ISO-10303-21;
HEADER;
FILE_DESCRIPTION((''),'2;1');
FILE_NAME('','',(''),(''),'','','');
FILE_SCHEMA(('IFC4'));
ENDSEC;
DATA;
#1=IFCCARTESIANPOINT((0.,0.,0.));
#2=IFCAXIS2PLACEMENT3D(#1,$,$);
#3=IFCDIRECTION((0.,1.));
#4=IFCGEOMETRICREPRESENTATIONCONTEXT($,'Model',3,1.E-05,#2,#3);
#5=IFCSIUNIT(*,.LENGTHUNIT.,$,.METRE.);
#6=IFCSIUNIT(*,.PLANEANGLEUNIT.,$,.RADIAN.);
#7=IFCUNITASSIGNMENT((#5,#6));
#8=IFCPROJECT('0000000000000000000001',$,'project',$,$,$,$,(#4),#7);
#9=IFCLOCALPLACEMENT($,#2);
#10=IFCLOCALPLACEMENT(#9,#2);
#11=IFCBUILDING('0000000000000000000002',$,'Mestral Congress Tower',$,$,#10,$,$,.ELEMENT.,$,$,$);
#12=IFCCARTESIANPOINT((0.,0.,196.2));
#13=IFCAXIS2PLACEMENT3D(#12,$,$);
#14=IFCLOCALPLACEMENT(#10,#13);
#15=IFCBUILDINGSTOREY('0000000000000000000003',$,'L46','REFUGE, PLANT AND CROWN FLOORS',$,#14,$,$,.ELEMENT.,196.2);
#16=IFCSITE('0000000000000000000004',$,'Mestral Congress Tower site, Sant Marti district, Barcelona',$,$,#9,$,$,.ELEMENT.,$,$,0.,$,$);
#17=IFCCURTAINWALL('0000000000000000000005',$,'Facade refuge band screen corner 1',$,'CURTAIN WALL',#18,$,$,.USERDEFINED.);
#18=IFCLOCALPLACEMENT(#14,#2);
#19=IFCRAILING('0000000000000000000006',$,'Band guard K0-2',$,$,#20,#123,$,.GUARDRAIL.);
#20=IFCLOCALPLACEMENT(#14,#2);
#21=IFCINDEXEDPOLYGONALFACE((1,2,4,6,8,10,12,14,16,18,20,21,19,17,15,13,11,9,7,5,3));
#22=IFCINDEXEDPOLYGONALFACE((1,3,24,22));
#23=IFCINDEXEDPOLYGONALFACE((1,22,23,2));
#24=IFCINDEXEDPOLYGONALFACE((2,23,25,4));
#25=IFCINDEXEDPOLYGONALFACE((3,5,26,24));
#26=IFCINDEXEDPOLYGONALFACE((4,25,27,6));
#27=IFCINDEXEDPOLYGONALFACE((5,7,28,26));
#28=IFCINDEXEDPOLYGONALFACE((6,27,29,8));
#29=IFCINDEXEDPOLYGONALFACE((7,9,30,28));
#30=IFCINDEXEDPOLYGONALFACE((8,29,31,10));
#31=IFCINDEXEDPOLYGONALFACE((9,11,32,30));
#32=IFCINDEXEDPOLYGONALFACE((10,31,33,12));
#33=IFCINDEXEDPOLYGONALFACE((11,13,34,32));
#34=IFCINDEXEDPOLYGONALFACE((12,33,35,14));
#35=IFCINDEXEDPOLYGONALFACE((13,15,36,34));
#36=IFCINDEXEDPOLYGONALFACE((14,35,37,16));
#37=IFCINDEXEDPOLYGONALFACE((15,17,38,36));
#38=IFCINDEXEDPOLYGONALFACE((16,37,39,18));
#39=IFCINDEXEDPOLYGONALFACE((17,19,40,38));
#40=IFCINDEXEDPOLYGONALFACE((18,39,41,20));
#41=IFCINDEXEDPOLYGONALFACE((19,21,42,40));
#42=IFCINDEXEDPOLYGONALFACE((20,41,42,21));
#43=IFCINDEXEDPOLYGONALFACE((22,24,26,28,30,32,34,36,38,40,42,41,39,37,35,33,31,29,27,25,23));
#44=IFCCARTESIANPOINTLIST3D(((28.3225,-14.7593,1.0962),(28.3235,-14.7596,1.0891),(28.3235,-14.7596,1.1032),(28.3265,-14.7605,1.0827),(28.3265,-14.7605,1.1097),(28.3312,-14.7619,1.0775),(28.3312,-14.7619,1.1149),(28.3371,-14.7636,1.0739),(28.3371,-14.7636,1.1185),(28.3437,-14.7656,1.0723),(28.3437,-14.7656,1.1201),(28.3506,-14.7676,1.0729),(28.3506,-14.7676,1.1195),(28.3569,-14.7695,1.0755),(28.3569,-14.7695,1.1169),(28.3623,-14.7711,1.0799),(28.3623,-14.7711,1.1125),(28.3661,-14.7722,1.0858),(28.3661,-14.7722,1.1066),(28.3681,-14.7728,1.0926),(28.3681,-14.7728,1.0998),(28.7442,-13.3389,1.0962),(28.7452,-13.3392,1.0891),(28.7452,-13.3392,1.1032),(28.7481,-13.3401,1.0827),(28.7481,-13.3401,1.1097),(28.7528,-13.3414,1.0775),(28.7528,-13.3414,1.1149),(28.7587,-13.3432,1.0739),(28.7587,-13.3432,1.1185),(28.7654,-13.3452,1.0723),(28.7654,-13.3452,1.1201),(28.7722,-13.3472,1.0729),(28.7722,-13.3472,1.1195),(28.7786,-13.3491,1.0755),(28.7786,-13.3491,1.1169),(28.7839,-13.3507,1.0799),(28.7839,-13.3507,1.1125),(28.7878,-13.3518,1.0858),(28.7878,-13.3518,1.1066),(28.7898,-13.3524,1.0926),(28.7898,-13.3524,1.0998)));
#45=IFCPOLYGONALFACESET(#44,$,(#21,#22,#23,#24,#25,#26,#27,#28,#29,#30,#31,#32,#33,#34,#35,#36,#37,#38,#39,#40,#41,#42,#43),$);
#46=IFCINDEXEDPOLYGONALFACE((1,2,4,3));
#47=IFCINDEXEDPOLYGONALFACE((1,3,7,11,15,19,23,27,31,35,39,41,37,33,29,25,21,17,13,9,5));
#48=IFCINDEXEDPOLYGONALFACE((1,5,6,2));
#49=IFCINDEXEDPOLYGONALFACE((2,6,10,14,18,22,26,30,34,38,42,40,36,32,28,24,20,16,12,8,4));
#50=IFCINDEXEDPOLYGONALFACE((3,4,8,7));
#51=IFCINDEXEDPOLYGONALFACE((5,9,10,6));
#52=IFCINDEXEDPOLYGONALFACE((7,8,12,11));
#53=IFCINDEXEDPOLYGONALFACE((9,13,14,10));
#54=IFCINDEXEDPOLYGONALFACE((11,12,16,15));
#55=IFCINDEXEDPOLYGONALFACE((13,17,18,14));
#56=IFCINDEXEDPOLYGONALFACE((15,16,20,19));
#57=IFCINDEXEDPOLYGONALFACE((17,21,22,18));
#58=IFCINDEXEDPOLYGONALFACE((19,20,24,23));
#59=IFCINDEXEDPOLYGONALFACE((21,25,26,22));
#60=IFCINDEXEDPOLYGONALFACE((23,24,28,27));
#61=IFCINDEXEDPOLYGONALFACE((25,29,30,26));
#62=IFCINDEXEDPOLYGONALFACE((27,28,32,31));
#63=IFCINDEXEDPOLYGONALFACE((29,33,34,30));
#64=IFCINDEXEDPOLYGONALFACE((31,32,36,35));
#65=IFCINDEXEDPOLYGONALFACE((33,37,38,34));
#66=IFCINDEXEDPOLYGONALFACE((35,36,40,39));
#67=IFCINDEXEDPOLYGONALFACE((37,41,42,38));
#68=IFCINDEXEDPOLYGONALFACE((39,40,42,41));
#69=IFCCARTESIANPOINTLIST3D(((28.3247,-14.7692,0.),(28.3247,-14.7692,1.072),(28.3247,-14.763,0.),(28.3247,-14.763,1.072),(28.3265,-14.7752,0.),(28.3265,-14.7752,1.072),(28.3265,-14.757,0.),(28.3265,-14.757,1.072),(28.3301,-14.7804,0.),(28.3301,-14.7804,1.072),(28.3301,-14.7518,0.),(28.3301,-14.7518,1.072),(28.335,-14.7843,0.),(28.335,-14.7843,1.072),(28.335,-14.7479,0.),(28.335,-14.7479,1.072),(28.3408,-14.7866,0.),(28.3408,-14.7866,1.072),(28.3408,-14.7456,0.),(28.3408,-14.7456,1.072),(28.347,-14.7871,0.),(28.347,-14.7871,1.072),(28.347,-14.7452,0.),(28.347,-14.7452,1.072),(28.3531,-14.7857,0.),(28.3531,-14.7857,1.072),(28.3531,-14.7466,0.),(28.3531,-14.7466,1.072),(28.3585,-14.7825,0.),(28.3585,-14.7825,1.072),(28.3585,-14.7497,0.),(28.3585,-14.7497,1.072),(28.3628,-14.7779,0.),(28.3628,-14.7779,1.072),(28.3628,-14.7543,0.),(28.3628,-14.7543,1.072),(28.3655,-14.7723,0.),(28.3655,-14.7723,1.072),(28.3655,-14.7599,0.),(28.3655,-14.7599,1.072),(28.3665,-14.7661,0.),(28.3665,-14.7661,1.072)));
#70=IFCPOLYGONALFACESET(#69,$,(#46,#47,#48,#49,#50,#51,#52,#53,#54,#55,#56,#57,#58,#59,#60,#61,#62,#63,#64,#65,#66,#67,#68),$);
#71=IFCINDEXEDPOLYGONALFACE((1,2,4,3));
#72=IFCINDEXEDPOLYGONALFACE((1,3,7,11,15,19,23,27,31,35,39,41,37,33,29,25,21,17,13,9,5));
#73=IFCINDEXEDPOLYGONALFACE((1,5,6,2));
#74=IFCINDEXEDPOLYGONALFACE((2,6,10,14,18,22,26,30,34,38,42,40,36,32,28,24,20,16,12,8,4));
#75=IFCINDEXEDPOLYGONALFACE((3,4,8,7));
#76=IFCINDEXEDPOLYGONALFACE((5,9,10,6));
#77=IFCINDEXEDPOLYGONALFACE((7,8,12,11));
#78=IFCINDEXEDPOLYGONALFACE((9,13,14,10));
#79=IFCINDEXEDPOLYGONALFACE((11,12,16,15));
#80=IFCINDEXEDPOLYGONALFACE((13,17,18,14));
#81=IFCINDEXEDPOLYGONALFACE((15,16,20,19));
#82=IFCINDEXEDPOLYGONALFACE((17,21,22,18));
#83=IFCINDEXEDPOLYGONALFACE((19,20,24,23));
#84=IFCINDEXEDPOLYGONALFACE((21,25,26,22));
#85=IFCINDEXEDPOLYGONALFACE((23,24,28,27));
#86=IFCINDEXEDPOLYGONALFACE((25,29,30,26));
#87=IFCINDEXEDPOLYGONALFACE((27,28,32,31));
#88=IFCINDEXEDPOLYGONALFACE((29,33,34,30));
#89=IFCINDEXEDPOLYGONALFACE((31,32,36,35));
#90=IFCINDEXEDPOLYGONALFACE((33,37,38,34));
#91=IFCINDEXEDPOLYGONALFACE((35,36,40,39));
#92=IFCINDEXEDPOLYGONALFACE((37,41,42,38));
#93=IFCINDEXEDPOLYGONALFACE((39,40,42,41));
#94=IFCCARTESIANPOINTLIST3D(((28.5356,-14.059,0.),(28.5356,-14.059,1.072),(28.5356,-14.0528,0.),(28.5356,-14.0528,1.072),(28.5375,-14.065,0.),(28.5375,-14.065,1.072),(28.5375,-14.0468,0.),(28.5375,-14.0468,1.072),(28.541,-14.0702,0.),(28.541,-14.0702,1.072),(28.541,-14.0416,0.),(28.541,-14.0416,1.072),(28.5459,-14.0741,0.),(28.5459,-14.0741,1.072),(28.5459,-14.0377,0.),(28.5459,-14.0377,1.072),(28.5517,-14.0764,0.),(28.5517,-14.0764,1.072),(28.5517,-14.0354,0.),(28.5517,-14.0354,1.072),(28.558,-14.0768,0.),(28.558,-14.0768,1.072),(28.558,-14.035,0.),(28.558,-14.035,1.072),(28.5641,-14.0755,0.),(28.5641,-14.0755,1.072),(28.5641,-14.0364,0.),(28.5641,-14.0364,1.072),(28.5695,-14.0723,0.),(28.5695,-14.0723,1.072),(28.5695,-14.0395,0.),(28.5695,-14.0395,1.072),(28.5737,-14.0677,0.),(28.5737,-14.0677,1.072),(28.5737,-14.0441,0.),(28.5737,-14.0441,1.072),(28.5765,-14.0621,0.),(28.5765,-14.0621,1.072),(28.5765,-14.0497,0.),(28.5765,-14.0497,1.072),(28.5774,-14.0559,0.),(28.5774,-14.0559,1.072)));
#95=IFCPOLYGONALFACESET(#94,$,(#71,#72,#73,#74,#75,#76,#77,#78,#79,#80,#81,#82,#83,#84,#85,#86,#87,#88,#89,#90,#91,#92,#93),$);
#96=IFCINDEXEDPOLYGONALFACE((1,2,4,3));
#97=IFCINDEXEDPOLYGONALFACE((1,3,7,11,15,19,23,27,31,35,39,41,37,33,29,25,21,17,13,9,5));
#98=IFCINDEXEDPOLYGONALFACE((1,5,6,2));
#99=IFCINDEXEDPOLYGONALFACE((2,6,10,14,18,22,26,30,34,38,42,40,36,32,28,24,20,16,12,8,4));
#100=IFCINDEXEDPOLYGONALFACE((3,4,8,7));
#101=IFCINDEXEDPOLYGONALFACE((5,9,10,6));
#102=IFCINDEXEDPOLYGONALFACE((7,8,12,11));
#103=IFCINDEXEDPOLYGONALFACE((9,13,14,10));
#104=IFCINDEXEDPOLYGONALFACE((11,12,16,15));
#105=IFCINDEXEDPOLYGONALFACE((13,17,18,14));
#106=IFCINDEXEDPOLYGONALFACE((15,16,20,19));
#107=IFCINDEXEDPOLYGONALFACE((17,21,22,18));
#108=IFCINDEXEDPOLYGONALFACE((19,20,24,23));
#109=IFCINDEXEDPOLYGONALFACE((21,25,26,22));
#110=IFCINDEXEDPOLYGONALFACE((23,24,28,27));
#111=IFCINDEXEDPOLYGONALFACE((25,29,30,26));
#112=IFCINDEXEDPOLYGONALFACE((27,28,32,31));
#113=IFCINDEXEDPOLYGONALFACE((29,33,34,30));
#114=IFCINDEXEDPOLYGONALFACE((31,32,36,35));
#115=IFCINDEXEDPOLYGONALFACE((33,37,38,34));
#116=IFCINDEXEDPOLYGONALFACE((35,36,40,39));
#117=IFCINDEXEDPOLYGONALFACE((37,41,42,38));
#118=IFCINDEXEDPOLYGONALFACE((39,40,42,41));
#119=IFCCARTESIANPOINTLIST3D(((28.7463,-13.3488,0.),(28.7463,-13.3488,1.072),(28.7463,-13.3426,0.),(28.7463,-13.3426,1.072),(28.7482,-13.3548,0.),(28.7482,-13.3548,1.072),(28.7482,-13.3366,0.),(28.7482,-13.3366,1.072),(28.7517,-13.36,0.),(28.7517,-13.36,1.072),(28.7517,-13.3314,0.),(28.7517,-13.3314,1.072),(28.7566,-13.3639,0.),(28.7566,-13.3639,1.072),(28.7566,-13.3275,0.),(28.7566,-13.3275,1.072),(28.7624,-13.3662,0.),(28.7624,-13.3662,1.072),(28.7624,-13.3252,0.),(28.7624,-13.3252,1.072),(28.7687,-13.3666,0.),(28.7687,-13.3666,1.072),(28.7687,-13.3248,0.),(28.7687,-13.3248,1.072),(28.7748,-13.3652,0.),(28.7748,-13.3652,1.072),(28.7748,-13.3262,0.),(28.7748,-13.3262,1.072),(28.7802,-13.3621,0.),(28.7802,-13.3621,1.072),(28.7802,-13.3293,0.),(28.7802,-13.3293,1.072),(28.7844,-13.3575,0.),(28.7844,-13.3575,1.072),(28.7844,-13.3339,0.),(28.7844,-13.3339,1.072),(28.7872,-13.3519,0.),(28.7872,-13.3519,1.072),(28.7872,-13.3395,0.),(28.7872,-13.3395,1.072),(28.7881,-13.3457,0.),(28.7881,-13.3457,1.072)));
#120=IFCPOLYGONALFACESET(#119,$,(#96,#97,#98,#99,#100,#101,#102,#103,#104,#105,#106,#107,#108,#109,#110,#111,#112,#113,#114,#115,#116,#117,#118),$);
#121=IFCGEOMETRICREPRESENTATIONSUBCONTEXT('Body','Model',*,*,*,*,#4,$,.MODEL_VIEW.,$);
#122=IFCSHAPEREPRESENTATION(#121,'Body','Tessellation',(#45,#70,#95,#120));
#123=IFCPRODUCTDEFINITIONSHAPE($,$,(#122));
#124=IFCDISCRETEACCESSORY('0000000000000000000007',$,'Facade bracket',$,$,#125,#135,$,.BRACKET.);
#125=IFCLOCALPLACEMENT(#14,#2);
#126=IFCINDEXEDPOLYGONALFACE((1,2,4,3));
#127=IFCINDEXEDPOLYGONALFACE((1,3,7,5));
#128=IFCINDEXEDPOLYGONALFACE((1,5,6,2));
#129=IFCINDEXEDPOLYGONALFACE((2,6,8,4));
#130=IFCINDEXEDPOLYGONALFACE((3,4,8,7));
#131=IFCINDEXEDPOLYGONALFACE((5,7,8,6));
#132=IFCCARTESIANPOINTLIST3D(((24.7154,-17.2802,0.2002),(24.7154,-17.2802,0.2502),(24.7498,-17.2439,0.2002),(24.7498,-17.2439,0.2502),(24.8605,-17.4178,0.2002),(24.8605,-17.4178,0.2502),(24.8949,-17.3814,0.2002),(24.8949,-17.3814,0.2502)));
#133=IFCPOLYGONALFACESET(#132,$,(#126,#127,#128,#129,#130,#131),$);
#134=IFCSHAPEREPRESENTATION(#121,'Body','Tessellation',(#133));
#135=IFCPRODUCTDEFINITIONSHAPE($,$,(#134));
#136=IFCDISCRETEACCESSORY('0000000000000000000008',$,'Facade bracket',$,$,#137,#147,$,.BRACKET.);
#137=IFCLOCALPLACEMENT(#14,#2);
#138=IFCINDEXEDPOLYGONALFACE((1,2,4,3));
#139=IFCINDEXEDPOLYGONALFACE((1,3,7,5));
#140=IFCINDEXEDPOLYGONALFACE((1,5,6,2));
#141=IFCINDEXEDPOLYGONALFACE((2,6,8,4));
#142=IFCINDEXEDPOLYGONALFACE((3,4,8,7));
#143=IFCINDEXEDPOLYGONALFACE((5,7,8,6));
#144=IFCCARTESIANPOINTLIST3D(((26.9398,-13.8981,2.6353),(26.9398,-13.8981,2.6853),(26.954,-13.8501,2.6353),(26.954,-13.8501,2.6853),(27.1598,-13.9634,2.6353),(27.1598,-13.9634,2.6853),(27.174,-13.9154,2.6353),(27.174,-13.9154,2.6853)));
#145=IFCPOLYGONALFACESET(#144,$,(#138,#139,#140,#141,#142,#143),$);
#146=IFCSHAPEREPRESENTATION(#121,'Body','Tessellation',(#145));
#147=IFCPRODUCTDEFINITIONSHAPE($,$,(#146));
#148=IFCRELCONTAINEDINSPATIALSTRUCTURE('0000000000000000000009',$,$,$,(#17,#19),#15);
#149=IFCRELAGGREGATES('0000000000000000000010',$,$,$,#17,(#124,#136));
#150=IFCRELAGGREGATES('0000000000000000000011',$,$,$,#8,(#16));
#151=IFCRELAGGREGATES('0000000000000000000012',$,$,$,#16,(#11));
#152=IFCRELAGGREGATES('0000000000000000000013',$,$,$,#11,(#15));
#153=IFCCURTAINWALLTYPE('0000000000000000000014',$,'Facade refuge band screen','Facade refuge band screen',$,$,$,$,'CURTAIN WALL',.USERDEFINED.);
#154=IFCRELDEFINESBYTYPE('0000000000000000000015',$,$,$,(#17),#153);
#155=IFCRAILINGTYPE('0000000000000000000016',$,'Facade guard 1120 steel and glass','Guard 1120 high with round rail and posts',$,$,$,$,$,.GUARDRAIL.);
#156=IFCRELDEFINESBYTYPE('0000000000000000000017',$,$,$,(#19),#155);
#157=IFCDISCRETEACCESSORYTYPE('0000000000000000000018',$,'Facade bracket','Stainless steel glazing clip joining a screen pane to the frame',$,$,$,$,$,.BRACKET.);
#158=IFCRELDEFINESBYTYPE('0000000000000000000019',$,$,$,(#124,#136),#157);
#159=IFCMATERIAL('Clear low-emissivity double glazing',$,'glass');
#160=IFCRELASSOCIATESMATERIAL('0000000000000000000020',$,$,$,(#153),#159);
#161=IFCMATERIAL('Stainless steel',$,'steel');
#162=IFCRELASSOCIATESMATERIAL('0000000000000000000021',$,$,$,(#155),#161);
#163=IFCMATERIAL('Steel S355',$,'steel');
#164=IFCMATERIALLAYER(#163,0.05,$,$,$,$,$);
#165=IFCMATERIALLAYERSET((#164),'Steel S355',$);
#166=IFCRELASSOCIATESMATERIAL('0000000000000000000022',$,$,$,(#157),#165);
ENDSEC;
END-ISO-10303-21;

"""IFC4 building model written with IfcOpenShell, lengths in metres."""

from ifc_helpers import new_model, si_unit, direction, frame, origin, origin_2d, place, context, subcontext, project, spatial, rectangle, circle, extrude, material, layer, layer_set, type_object, element, aggregate, save


model = new_model("IFC4")

# Units and contexts
model_context = context("Model", 3, precision=1e-05, world=origin(), true_north=direction((0.0, 1.0)))
body_context = subcontext(model_context, "Body", "Model", "MODEL_VIEW")
ifc_project = project(units=[si_unit("LENGTHUNIT", "METRE"), si_unit("PLANEANGLEUNIT", "RADIAN")], contexts=[model_context])

# Site, building, storey
site_placement = place(None, origin())
site = spatial("IfcSite", under=ifc_project, at=site_placement, Name="Mestral Congress Tower site, Sant Marti district, Barcelona", CompositionType="ELEMENT", RefElevation=0.0)
building_placement = place(site_placement, origin())
building = spatial("IfcBuilding", under=site, at=building_placement, Name="Mestral Congress Tower", CompositionType="ELEMENT")
storey_placement = place(building_placement, frame((0.0, 0.0, 196.2)))
storey = spatial("IfcBuildingStorey", under=building, at=storey_placement, Name="L46", Description="REFUGE, PLANT AND CROWN FLOORS", CompositionType="ELEMENT", Elevation=196.2)

# Shared definitions
ifc_material_1 = material(Name="Steel S355", Category="steel")

# Curtain wall
ifc_material_2 = material(Name="Clear low-emissivity double glazing", Category="glass")
curtain_wall_type = type_object("IfcCurtainWallType", Name="Facade refuge band screen", Description="Facade refuge band screen", ElementType="CURTAIN WALL", PredefinedType="USERDEFINED", material=ifc_material_2)
curtain_wall_placement = place(storey_placement, origin())
curtain_wall = element("IfcCurtainWall", 1, at=curtain_wall_placement, inside=storey, type_object=curtain_wall_type, Name="Facade refuge band screen corner 1", ObjectType="CURTAIN WALL", PredefinedType="USERDEFINED")

# Railing
ifc_material_3 = material(Name="Stainless steel", Category="steel")
railing_type = type_object("IfcRailingType", Name="Facade guard 1120 steel and glass", Description="Guard 1120 high with round rail and posts", PredefinedType="GUARDRAIL", material=ifc_material_3)
railing_1_placement = place(storey_placement, frame((28.3455, -14.7661, 0.0)))
element("IfcRailing", 2, at=railing_1_placement, inside=storey, type_object=railing_type, Name="Band guard K0-2", PredefinedType="GUARDRAIL", context=body_context, shape_type="SweptSolid", body=[
    extrude(circle(Radius=0.0239, at=origin_2d()), frame((0.0, 0.0, 1.0962), z_axis=(0.284565, 0.958657, 0.0), x_axis=(-0.958657, 0.284565, 0.0)), (0.0, 0.0, 1.0), 1.4817),
    extrude(circle(Radius=0.021, at=origin_2d()), origin(), (0.0, 0.0, 1.0), 1.072),
    extrude(circle(Radius=0.021, at=origin_2d()), frame((0.2109, 0.7102, 0.0)), (0.0, 0.0, 1.0), 1.072),
    extrude(circle(Radius=0.021, at=origin_2d()), frame((0.4216, 1.4204, 0.0)), (0.0, 0.0, 1.0), 1.072),
])

# Discrete accessories
ifc_layer_1 = layer(ifc_material_1, 0.05)
ifc_layer_set_1 = layer_set([ifc_layer_1], Name="Steel S355")
discrete_accessory_type = type_object("IfcDiscreteAccessoryType", Name="Facade bracket", Description="Stainless steel glazing clip joining a screen pane to the frame", PredefinedType="BRACKET", material=ifc_layer_set_1)
discrete_accessory_1_placement = place(storey_placement, frame((24.8052, -17.3308, 0.2002), z_axis=(0.0, 0.0, 1.0), x_axis=(0.687963, 0.725745, 0.0)))
discrete_accessory_1 = element("IfcDiscreteAccessory", 3, at=discrete_accessory_1_placement, type_object=discrete_accessory_type, Name="Facade bracket", PredefinedType="BRACKET", context=body_context, shape_type="SweptSolid", body=[
    extrude(rectangle(XDim=0.05, YDim=0.2, at=origin_2d()), origin(), (0.0, 0.0, 1.0), 0.05),
])
discrete_accessory_2_placement = place(storey_placement, frame((27.0569, -13.9067, 2.6353), z_axis=(0.0, 0.0, 1.0), x_axis=(0.284547, 0.958662, 0.0)))
discrete_accessory_2 = element("IfcDiscreteAccessory", 4, at=discrete_accessory_2_placement, type_object=discrete_accessory_type, Name="Facade bracket", PredefinedType="BRACKET", context=body_context, shape_type="SweptSolid", body=[
    extrude(rectangle(XDim=0.05, YDim=0.2295, at=origin_2d()), origin(), (0.0, 0.0, 1.0), 0.05),
])
aggregate(curtain_wall, [discrete_accessory_1, discrete_accessory_2])

save(model, "model.ifc")
